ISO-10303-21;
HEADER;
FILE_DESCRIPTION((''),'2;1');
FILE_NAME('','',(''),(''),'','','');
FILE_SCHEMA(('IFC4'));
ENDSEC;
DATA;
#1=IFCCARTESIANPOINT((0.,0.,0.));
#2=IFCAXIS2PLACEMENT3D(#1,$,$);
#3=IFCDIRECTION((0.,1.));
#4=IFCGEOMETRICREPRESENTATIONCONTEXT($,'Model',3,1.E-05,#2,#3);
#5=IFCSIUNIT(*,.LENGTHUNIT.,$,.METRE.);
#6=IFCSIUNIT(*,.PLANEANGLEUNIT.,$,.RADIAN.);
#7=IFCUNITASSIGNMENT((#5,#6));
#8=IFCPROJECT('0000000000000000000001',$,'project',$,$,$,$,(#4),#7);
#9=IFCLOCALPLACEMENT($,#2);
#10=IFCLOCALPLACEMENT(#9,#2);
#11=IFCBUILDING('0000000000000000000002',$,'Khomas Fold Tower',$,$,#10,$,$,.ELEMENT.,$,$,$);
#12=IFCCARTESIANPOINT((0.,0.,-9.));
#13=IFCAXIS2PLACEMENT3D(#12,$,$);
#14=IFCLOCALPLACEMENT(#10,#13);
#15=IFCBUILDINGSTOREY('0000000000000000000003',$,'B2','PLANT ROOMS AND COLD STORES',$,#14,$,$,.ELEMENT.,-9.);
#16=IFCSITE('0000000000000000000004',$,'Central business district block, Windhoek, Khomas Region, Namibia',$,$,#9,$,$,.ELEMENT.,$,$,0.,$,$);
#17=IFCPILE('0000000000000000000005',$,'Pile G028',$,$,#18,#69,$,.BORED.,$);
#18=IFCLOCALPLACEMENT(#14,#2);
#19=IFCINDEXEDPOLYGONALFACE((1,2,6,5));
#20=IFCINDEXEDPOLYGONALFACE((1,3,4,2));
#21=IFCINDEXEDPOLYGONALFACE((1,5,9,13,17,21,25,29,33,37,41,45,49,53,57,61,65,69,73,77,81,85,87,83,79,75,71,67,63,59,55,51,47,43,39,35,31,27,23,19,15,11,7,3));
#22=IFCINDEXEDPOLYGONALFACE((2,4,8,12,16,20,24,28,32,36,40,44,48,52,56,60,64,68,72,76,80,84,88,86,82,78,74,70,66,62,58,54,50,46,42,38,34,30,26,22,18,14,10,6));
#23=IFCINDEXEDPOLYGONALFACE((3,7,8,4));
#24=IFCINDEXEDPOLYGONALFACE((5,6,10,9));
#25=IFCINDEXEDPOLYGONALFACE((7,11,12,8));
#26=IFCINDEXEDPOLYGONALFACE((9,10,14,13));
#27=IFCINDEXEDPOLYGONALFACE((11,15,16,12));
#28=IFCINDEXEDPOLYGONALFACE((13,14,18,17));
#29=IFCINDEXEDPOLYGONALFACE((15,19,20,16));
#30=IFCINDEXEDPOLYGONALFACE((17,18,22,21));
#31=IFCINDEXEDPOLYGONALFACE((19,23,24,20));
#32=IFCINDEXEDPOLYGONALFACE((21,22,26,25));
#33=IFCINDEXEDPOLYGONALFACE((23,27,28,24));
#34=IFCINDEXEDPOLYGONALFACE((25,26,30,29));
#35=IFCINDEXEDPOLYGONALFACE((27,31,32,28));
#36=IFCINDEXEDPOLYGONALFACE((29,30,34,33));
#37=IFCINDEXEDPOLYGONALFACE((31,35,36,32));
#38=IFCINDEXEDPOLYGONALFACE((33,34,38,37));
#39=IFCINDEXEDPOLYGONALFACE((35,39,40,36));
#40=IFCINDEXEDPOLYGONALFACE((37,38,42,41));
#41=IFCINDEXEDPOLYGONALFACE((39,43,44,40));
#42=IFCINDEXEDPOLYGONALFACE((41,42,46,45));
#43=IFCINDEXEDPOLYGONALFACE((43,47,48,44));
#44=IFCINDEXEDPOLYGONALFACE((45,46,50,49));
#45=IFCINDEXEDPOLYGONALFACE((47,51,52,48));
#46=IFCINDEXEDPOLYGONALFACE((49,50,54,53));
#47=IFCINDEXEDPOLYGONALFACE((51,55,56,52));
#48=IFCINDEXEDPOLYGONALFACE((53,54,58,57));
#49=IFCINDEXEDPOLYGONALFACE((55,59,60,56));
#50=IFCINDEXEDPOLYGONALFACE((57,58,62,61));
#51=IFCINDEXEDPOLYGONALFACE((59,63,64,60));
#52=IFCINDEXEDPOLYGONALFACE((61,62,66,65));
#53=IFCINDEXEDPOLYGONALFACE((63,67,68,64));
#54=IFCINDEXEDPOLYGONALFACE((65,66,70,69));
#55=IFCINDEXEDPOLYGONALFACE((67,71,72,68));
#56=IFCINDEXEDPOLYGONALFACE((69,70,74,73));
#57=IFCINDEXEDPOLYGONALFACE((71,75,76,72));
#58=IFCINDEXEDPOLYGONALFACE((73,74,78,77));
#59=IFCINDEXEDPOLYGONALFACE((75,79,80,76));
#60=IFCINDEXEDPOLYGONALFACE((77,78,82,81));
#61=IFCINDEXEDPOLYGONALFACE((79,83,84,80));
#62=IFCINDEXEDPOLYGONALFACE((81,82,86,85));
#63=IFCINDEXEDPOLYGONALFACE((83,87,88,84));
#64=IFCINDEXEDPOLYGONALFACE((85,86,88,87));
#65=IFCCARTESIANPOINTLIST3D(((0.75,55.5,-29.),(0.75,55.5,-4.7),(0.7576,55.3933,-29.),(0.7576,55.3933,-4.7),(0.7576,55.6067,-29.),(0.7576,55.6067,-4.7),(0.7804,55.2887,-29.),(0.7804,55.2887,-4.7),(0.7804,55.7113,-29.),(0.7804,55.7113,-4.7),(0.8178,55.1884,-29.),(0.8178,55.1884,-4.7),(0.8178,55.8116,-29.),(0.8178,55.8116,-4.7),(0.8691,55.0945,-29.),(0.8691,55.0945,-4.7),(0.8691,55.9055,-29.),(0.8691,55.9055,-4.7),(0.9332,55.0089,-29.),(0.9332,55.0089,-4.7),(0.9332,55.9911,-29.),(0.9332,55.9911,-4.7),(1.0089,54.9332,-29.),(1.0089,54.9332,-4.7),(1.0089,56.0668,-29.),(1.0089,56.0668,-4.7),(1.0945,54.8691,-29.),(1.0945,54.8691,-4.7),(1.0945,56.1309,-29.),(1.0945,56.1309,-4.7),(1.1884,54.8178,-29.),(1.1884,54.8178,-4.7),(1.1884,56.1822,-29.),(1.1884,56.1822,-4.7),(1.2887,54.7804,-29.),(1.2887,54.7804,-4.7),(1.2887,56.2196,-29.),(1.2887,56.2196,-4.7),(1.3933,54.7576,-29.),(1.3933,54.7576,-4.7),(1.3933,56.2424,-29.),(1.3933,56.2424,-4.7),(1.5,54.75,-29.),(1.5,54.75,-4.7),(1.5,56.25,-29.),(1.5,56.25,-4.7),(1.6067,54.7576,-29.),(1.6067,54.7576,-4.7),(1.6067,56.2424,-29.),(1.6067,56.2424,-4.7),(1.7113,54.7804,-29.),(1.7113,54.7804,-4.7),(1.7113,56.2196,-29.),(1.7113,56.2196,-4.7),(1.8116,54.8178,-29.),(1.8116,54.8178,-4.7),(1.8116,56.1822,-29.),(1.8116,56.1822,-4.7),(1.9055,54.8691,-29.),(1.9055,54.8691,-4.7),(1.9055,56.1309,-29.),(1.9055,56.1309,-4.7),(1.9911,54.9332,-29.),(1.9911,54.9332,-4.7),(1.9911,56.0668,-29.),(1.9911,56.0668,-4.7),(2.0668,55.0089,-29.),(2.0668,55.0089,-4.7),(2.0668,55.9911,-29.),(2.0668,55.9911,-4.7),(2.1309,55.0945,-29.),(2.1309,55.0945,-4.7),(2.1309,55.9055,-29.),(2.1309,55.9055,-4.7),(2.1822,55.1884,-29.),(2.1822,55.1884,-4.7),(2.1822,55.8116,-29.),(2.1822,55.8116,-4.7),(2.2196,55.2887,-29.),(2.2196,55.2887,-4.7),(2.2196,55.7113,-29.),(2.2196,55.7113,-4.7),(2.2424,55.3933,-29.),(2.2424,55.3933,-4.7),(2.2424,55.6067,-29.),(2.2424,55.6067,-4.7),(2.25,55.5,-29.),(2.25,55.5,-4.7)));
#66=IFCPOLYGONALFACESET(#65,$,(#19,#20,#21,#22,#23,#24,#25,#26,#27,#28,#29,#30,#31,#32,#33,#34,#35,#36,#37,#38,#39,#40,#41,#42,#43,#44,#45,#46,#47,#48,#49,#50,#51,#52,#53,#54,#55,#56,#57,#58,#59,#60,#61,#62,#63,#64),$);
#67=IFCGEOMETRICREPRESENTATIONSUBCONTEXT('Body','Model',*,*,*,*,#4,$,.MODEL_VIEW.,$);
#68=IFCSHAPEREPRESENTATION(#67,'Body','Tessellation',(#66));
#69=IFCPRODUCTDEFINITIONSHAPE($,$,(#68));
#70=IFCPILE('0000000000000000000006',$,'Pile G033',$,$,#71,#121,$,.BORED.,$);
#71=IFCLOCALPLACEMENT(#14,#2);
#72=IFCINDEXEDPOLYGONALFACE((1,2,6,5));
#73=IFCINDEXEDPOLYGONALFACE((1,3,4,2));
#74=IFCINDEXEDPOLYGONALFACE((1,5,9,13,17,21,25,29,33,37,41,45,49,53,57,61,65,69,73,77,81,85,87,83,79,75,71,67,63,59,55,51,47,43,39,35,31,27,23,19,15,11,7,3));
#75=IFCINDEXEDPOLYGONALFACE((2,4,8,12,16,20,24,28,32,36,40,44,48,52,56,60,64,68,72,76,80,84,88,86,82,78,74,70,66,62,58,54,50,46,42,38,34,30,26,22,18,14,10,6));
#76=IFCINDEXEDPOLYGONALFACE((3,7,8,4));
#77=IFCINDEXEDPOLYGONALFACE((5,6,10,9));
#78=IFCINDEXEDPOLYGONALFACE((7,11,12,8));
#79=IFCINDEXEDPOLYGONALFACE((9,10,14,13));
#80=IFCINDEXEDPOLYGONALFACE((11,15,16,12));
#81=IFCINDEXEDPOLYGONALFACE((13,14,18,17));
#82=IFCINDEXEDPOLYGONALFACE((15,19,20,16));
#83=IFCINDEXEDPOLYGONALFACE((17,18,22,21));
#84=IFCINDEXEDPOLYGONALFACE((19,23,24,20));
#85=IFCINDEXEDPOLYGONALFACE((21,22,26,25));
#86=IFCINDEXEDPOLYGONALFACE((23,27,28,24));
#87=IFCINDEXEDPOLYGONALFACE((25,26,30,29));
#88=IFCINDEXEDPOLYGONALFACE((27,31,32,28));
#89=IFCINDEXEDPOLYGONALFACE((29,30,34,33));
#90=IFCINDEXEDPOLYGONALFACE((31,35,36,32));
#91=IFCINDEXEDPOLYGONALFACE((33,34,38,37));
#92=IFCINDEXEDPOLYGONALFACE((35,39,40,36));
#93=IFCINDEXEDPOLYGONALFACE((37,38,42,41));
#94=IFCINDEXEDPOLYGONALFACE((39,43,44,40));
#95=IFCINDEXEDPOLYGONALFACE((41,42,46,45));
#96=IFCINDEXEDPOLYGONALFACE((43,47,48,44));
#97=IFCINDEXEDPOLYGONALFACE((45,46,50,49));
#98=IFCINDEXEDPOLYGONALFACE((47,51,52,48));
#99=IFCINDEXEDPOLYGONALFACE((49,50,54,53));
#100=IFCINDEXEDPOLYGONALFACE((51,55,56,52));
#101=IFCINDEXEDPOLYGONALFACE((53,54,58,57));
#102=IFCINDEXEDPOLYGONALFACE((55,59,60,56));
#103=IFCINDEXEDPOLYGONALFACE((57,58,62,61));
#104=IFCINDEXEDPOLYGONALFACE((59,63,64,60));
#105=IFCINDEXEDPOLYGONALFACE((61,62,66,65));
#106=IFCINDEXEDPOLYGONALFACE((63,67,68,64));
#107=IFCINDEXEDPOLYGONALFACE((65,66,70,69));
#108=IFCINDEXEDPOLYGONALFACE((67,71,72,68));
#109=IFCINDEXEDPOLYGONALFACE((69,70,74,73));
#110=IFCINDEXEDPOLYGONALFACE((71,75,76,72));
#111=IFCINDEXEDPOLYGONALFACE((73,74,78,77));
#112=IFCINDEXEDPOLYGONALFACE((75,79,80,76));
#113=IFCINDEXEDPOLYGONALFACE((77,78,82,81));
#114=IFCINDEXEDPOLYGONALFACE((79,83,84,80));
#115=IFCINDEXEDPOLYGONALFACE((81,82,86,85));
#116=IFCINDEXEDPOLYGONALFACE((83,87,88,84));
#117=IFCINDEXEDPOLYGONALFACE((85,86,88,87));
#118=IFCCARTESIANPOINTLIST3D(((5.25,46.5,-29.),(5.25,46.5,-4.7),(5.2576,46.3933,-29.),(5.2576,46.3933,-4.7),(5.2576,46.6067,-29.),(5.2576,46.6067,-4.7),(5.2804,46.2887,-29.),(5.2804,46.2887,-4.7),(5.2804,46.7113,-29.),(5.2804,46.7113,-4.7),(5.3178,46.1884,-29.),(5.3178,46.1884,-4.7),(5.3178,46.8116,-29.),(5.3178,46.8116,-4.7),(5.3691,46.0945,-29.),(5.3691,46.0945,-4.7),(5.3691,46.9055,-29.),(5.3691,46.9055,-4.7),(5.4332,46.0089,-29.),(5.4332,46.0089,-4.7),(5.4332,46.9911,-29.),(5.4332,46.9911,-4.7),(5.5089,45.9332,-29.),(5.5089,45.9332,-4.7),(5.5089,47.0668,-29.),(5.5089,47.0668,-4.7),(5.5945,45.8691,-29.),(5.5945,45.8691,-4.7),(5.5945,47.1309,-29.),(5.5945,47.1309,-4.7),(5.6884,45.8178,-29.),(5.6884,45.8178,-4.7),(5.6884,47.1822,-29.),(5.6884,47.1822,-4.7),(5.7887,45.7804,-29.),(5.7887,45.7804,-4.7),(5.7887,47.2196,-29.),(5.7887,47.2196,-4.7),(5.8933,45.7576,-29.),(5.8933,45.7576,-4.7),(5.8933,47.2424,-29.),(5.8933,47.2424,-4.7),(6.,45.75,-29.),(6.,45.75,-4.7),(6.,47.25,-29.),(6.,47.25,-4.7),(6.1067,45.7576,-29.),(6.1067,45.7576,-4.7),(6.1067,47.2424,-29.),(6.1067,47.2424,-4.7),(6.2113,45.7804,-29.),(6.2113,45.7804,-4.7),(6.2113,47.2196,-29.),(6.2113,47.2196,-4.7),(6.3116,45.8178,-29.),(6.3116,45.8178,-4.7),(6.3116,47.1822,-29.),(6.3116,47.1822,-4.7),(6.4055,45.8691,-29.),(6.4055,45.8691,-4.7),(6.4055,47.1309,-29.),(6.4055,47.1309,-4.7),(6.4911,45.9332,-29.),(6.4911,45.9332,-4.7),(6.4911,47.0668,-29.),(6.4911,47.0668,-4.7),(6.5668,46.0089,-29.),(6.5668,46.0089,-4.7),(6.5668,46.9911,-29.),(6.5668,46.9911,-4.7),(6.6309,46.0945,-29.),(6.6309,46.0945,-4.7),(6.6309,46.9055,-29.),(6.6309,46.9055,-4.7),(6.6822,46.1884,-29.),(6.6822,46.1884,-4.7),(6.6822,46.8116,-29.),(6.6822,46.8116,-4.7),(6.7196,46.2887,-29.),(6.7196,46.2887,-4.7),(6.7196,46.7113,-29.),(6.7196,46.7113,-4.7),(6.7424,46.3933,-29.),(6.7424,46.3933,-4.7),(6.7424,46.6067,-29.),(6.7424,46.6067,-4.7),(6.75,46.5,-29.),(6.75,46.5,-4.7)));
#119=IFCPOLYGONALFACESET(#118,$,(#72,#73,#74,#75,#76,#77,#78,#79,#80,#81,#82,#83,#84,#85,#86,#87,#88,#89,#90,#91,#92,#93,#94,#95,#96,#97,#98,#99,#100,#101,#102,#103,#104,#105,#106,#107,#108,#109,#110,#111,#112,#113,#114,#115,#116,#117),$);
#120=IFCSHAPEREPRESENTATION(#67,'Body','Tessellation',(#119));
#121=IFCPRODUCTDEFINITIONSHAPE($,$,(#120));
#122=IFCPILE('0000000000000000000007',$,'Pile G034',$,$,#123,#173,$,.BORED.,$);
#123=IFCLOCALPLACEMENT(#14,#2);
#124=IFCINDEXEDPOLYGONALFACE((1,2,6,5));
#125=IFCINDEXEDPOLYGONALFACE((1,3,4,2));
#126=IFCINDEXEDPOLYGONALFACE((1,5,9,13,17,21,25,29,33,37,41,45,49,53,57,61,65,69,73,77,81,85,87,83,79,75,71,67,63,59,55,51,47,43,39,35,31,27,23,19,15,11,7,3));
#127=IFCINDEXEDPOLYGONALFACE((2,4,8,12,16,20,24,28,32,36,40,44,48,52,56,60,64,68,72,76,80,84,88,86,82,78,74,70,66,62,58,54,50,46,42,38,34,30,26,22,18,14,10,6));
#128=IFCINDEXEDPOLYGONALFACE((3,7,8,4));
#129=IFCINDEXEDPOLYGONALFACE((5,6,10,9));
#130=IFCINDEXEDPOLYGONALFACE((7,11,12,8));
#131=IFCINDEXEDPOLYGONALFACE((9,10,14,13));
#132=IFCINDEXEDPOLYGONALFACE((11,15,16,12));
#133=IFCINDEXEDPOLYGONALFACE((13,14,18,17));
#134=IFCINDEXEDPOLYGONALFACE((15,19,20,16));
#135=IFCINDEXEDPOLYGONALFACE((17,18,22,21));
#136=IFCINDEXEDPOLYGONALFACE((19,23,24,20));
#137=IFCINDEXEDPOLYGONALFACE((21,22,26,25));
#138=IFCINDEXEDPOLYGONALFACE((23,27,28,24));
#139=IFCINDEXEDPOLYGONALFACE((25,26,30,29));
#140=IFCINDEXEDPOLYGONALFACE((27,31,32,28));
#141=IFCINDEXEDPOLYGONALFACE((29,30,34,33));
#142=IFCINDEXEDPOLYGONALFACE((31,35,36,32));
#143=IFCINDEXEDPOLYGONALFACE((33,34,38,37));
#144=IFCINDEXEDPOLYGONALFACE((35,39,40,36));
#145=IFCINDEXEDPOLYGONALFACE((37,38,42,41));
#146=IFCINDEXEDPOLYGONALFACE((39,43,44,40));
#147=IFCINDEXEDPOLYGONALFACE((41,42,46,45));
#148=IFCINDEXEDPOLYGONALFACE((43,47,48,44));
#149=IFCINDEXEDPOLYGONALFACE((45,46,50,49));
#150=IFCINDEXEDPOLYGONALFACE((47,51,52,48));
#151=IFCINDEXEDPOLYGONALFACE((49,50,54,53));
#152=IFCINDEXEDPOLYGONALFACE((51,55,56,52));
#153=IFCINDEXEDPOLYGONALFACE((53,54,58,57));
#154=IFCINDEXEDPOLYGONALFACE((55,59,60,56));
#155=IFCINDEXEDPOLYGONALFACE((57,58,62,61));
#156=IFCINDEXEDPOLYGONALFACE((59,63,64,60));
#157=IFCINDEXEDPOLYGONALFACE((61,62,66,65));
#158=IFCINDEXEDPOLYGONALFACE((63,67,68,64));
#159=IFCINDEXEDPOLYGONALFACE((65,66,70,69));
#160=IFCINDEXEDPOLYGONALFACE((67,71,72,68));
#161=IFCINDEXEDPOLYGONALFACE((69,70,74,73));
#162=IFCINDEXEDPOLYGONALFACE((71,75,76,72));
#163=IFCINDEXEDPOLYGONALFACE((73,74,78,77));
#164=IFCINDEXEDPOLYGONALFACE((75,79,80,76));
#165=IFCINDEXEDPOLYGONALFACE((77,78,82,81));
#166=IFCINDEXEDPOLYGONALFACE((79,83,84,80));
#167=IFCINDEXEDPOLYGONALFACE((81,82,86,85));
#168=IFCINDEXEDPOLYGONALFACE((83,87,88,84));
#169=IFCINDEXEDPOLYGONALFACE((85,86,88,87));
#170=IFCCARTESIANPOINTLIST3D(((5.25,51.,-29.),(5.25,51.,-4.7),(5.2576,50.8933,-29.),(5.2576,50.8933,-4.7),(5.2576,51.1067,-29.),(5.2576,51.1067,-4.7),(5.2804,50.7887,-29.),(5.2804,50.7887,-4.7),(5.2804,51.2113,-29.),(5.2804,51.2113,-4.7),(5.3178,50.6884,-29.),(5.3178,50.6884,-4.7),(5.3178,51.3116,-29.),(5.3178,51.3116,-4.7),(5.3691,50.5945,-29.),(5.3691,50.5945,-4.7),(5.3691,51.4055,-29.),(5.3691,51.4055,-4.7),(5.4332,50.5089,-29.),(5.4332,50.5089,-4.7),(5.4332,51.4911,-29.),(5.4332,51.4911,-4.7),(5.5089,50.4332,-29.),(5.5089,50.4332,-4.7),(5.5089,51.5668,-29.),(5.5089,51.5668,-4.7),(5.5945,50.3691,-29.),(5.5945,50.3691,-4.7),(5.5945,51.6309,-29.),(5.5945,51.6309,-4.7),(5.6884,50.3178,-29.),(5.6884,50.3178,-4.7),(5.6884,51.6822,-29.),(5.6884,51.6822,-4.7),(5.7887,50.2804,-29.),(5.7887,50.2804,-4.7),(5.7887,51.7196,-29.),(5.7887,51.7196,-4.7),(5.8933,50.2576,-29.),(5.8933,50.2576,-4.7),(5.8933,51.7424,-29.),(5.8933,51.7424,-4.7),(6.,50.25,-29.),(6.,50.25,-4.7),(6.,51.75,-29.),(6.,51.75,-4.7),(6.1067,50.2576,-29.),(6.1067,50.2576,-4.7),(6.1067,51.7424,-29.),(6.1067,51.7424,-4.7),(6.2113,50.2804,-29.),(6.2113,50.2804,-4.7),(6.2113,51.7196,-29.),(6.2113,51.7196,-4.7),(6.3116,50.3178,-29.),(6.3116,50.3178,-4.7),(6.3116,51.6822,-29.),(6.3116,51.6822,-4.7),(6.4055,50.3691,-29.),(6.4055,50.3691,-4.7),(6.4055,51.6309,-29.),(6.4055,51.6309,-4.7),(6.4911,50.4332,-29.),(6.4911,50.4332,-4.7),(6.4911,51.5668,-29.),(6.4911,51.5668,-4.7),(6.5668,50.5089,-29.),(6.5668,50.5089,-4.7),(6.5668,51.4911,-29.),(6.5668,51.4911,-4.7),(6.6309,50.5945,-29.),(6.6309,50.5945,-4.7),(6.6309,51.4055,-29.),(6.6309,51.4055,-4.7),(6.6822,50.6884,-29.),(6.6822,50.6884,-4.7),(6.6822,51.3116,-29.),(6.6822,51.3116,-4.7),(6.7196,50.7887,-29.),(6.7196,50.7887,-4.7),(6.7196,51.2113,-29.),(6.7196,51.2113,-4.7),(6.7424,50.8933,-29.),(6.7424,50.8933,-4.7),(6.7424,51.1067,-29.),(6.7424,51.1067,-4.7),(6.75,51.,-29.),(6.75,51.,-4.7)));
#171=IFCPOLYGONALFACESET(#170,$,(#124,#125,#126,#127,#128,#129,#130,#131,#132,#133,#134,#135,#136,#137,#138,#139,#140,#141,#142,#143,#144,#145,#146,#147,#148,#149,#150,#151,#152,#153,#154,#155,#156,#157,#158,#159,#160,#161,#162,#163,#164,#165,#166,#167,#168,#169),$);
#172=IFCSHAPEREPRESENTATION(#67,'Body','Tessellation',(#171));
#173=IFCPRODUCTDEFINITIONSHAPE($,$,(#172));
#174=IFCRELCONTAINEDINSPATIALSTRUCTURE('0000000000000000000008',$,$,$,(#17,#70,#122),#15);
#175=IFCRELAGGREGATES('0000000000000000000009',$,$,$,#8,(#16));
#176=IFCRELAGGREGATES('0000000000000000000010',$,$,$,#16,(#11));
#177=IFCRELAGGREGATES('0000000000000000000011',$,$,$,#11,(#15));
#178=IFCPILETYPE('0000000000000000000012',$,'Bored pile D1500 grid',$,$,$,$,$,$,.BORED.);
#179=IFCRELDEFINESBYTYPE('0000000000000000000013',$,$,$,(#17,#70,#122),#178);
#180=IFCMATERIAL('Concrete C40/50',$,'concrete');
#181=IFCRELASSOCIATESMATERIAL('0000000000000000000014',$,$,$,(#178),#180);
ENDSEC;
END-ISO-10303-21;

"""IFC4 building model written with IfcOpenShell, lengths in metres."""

from ifc_helpers import new_model, si_unit, direction, frame, origin, origin_2d, place, context, subcontext, project, spatial, circle, extrude, source, transform, mapped, material, material_profile, profile_set, type_object, element, save


model = new_model("IFC4")

# Units and contexts
model_context = context("Model", 3, precision=1e-05, world=origin(), true_north=direction((0.0, 1.0)))
body_context = subcontext(model_context, "Body", "Model", "MODEL_VIEW")
ifc_project = project(units=[si_unit("LENGTHUNIT", "METRE"), si_unit("PLANEANGLEUNIT", "RADIAN")], contexts=[model_context])

# Site, building, storey
site_placement = place(None, origin())
site = spatial("IfcSite", under=ifc_project, at=site_placement, Name="Central business district block, Windhoek, Khomas Region, Namibia", CompositionType="ELEMENT", RefElevation=0.0)
building_placement = place(site_placement, origin())
building = spatial("IfcBuilding", under=site, at=building_placement, Name="Khomas Fold Tower", CompositionType="ELEMENT")
storey_placement = place(building_placement, frame((0.0, 0.0, -9.0)))
storey = spatial("IfcBuildingStorey", under=building, at=storey_placement, Name="B2", Description="PLANT ROOMS AND COLD STORES", CompositionType="ELEMENT", Elevation=-9.0)

# Piles
ifc_material_1 = material(Name="Concrete C40/50", Category="concrete")
ifc_material_profile_1 = material_profile(ifc_material_1, circle(Radius=0.75, at=origin_2d()), Name="PILE D1500")
ifc_profile_set_1 = profile_set([ifc_material_profile_1], Name="Concrete C40/50")
pile_type = type_object("IfcPileType", Name="Bored pile D1500 grid", PredefinedType="BORED", material=ifc_profile_set_1)
shared_shape_1 = source(origin(), body_context, "Body", "SweptSolid", [
    extrude(circle(Radius=0.75, at=origin_2d()), origin(), (0.0, 0.0, 1.0), 24.3),
])
for number, where, z_axis, x_axis, name in (
    (1, (1.5, 55.5, -4.7), (0.0, 0.0, -1.0), (1.0, 0.0, 0.0), "Pile G028"),
    (2, (6.0, 46.5, -4.7), (0.0, 0.0, -1.0), (1.0, 0.0, 0.0), "Pile G033"),
    (3, (6.0, 51.0, -4.7), (0.0, 0.0, -1.0), (1.0, 0.0, 0.0), "Pile G034"),
):
    element("IfcPile", number, at=place(storey_placement, frame(where, z_axis=z_axis, x_axis=x_axis)), inside=storey, type_object=pile_type, Name=name, PredefinedType="BORED", context=body_context, shape_type="MappedRepresentation", body=[
        mapped(shared_shape_1, transform((0.0, 0.0, 0.0))),
    ])

save(model, "model.ifc")
